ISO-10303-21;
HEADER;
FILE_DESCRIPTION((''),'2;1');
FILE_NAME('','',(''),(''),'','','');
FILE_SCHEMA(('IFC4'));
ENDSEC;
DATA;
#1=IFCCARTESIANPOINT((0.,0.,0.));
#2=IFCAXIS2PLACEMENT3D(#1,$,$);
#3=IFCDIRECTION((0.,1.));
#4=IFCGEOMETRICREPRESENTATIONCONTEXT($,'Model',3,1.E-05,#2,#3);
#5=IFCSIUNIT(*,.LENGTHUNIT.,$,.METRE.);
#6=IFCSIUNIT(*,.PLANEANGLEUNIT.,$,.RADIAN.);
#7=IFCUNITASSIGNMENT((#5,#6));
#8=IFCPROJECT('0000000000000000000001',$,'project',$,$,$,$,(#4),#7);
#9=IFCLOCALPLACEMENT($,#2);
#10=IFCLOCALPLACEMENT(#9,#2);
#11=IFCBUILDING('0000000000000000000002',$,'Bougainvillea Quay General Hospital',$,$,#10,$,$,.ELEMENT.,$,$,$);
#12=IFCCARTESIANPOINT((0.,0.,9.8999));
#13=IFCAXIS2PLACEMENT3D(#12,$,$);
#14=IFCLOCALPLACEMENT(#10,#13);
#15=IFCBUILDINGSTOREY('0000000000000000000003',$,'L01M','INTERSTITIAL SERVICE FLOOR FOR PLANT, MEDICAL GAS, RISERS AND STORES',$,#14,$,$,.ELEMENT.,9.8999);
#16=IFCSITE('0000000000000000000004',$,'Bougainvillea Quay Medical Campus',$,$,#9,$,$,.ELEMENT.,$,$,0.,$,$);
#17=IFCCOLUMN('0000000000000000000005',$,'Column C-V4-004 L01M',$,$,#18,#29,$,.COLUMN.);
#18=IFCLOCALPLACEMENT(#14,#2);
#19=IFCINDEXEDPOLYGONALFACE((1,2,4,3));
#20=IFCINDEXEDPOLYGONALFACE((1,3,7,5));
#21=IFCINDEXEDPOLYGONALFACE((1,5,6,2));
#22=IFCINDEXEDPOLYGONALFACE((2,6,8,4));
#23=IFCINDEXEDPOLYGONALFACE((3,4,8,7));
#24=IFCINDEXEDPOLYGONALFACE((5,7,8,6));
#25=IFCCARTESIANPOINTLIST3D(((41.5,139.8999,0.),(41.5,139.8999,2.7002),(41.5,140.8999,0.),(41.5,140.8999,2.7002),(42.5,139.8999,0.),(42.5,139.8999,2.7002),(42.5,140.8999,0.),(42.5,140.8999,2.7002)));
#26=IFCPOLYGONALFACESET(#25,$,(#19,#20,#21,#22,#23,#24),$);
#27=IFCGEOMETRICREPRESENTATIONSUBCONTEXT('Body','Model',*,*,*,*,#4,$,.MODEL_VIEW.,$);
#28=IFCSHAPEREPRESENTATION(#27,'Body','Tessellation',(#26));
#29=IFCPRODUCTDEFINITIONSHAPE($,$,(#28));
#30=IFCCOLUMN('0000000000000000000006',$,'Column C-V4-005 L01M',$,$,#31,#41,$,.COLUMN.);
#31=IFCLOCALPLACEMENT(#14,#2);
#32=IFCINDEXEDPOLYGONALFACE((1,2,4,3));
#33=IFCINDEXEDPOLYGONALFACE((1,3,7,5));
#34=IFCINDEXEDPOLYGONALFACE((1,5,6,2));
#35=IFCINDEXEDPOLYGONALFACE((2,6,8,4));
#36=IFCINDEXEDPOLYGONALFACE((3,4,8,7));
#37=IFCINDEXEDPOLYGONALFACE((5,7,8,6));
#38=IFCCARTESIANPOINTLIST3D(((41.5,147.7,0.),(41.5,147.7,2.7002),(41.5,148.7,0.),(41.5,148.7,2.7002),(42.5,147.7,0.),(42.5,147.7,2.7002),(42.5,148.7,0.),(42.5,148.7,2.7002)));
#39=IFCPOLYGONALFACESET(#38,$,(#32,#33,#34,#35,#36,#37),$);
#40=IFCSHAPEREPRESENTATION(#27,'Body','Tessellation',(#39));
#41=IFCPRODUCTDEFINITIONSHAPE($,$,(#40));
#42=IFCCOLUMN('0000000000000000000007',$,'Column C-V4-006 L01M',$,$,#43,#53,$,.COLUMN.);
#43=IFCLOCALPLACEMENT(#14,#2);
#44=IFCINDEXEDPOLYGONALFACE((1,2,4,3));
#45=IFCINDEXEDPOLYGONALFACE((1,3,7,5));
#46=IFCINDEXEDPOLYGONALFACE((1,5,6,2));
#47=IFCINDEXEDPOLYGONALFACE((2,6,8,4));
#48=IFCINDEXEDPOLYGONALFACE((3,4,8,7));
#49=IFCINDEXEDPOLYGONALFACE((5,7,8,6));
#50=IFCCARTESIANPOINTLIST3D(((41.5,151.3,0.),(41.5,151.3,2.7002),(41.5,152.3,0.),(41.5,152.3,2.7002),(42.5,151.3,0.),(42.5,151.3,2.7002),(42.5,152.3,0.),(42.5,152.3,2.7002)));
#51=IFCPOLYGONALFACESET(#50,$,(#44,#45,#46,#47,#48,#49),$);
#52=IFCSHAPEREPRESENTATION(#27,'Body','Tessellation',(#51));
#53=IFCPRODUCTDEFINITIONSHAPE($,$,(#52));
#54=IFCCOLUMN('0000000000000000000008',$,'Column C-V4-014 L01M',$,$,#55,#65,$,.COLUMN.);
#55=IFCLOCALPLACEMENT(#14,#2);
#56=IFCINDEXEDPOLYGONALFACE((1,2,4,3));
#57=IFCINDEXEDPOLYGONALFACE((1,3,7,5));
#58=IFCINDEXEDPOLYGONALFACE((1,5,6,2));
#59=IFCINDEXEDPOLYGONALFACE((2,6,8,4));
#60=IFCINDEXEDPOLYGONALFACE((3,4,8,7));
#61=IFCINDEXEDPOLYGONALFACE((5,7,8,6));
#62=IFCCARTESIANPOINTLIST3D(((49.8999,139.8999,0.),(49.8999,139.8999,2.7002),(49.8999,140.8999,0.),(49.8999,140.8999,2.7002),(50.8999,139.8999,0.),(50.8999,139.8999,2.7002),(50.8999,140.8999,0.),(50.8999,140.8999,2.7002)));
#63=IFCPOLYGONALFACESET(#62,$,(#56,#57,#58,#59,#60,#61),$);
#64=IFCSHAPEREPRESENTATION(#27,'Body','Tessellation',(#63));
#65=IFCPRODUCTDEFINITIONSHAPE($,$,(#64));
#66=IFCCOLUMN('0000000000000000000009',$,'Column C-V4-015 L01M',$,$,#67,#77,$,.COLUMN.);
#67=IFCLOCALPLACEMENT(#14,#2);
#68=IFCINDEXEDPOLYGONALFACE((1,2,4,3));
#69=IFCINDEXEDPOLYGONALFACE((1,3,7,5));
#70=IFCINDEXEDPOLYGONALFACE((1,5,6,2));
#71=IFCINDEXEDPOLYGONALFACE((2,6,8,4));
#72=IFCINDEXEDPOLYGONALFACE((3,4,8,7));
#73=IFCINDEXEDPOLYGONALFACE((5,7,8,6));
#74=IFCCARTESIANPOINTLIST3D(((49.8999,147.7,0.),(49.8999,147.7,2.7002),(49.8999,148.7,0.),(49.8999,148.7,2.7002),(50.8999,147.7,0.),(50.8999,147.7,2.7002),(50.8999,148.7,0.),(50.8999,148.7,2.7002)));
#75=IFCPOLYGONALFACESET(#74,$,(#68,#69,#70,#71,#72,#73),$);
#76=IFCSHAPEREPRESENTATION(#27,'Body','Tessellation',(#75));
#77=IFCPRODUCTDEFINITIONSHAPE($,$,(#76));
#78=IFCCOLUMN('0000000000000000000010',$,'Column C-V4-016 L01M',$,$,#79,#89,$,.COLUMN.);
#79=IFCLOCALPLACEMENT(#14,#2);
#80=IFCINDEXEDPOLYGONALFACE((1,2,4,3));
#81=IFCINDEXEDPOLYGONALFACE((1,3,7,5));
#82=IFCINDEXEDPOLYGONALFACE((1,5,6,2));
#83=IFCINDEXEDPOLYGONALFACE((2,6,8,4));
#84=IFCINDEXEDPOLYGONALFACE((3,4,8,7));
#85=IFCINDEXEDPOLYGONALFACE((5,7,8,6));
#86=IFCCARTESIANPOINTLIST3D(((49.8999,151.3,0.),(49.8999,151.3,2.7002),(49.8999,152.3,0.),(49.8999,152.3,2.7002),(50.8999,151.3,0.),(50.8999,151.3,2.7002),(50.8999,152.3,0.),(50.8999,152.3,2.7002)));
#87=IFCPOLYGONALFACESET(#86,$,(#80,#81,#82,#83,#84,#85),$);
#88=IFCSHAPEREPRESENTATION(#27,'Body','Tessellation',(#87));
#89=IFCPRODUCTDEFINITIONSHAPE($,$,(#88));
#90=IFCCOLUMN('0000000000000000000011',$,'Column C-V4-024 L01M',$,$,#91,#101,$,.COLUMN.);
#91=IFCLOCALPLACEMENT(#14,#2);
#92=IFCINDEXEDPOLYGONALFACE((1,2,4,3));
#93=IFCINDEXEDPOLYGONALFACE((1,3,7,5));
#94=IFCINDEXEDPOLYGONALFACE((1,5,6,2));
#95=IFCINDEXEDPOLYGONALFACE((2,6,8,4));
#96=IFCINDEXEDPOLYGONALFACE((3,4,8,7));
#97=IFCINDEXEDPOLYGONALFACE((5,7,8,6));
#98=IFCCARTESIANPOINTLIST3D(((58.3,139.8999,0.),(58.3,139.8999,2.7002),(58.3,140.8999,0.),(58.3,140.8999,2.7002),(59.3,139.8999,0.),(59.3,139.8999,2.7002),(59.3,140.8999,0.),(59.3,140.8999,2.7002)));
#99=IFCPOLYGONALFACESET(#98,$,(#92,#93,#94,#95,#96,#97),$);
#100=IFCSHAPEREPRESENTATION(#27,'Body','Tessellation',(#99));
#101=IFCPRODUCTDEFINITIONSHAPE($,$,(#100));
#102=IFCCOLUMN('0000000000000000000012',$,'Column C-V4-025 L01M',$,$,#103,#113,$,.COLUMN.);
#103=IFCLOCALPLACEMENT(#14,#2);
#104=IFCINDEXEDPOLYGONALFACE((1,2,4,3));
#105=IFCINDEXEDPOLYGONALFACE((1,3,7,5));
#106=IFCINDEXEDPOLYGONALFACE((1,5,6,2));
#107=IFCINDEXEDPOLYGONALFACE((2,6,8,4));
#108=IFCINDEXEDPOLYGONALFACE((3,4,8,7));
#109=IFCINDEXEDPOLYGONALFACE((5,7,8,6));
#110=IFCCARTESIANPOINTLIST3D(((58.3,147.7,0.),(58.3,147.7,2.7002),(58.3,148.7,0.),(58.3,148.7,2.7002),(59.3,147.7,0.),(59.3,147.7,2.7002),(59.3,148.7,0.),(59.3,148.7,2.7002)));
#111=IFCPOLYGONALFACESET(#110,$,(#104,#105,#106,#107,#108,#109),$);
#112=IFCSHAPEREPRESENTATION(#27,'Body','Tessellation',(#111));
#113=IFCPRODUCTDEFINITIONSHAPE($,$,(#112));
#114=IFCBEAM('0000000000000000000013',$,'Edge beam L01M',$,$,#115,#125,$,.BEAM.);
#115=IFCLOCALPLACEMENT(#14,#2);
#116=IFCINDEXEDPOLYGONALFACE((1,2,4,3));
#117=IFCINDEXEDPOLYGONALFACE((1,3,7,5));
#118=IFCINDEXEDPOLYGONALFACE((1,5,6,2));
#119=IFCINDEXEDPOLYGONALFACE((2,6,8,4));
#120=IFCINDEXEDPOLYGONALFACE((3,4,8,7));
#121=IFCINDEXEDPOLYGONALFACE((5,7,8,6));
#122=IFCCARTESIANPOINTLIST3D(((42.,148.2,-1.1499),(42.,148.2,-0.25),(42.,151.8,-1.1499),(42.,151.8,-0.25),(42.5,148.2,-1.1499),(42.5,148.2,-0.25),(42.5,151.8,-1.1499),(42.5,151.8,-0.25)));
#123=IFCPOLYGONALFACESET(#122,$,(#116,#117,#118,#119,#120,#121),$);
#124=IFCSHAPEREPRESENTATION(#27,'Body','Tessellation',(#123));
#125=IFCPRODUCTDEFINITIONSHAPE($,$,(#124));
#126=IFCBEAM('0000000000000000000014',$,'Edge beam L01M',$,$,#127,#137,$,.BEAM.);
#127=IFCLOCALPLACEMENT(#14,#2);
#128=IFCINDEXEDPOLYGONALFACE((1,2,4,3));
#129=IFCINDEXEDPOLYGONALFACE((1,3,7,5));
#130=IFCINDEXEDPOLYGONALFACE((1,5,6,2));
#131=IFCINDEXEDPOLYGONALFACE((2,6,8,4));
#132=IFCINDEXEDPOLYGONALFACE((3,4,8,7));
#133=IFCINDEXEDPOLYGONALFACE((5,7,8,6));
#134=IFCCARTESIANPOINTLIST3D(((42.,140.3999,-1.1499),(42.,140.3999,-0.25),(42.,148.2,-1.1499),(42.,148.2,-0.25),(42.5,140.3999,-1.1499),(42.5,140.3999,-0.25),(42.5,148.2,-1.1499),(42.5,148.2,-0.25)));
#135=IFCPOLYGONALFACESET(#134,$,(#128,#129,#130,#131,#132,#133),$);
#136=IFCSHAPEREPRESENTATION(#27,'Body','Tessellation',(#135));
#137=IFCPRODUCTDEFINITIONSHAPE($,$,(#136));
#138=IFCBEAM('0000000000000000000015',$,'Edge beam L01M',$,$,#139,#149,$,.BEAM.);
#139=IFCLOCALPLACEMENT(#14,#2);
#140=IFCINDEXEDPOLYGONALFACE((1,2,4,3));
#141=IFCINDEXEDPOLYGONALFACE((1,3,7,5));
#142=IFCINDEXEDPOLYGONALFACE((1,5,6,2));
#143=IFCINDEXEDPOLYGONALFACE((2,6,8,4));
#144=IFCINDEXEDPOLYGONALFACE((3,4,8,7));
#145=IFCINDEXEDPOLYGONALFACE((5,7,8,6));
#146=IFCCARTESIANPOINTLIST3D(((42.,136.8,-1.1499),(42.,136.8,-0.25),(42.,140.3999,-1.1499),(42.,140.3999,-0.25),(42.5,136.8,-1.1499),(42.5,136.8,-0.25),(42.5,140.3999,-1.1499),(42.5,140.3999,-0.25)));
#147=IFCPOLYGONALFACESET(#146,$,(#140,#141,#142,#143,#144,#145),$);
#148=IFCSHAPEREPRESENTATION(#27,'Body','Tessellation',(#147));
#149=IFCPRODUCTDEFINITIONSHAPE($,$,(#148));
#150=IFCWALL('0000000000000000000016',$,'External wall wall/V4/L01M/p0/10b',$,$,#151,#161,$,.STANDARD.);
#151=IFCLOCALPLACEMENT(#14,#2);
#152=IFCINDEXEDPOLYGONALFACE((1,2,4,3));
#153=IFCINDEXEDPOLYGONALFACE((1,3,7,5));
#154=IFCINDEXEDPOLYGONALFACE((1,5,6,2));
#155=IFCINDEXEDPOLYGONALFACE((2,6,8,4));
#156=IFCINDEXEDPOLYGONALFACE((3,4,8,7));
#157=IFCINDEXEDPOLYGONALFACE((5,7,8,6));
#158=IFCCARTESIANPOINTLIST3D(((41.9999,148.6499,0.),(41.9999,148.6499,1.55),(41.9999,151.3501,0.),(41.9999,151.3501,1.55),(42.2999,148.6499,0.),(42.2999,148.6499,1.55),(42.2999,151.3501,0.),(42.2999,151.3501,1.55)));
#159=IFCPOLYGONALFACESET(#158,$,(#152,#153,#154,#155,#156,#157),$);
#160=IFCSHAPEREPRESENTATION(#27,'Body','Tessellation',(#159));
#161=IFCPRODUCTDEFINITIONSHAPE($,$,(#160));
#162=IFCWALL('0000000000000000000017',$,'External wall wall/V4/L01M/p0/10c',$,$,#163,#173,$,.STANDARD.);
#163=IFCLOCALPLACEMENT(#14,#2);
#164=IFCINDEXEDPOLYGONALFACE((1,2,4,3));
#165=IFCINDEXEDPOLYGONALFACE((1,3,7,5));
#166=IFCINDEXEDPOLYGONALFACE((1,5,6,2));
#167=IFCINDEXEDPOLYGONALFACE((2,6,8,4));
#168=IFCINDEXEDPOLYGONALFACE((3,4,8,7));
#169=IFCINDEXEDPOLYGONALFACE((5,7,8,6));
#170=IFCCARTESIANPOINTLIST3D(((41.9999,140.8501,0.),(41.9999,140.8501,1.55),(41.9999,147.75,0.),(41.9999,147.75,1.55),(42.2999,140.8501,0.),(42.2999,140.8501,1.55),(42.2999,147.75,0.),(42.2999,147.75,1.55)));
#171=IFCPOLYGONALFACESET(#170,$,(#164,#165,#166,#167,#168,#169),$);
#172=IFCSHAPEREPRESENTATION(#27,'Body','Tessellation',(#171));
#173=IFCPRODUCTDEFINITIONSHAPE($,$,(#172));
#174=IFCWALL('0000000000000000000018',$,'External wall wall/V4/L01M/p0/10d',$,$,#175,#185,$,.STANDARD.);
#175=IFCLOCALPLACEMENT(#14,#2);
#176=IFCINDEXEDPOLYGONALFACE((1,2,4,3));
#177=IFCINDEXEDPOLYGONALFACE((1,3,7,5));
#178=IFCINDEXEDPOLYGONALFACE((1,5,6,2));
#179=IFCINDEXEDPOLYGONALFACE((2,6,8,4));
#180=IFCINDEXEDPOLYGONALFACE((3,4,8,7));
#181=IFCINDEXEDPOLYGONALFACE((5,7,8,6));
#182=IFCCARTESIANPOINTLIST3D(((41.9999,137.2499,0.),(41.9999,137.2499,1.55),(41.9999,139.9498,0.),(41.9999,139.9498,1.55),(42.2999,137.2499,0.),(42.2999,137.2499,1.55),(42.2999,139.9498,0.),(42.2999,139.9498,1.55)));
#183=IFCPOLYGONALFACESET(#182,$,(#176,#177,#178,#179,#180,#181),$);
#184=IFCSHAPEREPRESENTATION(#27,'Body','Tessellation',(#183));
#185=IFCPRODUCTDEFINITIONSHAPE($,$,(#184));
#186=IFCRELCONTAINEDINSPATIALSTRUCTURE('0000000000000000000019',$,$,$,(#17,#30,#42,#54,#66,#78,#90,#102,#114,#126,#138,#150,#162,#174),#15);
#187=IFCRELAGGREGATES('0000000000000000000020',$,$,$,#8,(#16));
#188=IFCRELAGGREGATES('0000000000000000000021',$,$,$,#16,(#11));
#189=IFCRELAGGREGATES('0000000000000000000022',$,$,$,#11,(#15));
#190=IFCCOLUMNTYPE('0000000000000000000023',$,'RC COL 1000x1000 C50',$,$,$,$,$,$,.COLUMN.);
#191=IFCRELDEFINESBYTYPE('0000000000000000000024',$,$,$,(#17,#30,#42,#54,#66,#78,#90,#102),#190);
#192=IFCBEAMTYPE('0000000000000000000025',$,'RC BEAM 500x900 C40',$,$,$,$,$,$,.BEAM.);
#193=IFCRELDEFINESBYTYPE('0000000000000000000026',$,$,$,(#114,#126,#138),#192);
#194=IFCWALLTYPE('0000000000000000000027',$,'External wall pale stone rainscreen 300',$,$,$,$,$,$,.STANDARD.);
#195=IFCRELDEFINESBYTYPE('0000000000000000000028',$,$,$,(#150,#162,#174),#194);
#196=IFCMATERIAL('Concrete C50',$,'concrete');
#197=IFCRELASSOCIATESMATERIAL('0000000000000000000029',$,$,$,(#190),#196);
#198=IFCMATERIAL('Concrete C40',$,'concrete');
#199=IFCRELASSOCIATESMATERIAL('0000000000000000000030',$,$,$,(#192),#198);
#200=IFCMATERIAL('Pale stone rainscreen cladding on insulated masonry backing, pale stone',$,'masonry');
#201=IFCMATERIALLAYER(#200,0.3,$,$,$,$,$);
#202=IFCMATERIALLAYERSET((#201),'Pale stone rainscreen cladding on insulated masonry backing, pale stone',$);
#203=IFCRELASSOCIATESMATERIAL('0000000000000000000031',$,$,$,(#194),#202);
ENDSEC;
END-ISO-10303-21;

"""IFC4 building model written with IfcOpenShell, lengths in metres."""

from ifc_helpers import new_model, si_unit, direction, frame, frame_2d, origin, origin_2d, place, context, subcontext, project, spatial, rectangle, extrude, material, layer, layer_set, material_profile, profile_set, type_object, element, save


model = new_model("IFC4")

# Units and contexts
model_context = context("Model", 3, precision=1e-05, world=origin(), true_north=direction((0.0, 1.0)))
body_context = subcontext(model_context, "Body", "Model", "MODEL_VIEW")
ifc_project = project(units=[si_unit("LENGTHUNIT", "METRE"), si_unit("PLANEANGLEUNIT", "RADIAN")], contexts=[model_context])

# Site, building, storey
site_placement = place(None, origin())
site = spatial("IfcSite", under=ifc_project, at=site_placement, Name="Bougainvillea Quay Medical Campus", CompositionType="ELEMENT", RefElevation=0.0)
building_placement = place(site_placement, origin())
building = spatial("IfcBuilding", under=site, at=building_placement, Name="Bougainvillea Quay General Hospital", CompositionType="ELEMENT")
storey_placement = place(building_placement, frame((0.0, 0.0, 9.8999)))
storey = spatial("IfcBuildingStorey", under=building, at=storey_placement, Name="L01M", Description="INTERSTITIAL SERVICE FLOOR FOR PLANT, MEDICAL GAS, RISERS AND STORES", CompositionType="ELEMENT", Elevation=9.8999)

# Columns
ifc_material_1 = material(Name="Concrete C50", Category="concrete")
ifc_material_profile_1 = material_profile(ifc_material_1, rectangle(XDim=1.0, YDim=1.0, at=origin_2d()))
ifc_profile_set_1 = profile_set([ifc_material_profile_1], Name="Concrete C50")
column_type = type_object("IfcColumnType", Name="RC COL 1000x1000 C50", PredefinedType="COLUMN", material=ifc_profile_set_1)
for number, where, z_axis, x_axis, name in (
    (1, (42.0, 140.3999, 0.0), (0.0, 0.0, 1.0), (1.0, 0.0, 0.0), "Column C-V4-004 L01M"),
    (2, (42.0, 148.2, 0.0), (0.0, 0.0, 1.0), (1.0, 0.0, 0.0), "Column C-V4-005 L01M"),
    (3, (42.0, 151.8, 0.0), (0.0, 0.0, 1.0), (1.0, 0.0, 0.0), "Column C-V4-006 L01M"),
    (4, (50.3999, 140.3999, 0.0), (0.0, 0.0, 1.0), (1.0, 0.0, 0.0), "Column C-V4-014 L01M"),
    (5, (50.3999, 148.2, 0.0), (0.0, 0.0, 1.0), (1.0, 0.0, 0.0), "Column C-V4-015 L01M"),
    (6, (50.3999, 151.8, 0.0), (0.0, 0.0, 1.0), (1.0, 0.0, 0.0), "Column C-V4-016 L01M"),
    (7, (58.8, 140.3999, 0.0), (0.0, 0.0, 1.0), (1.0, 0.0, 0.0), "Column C-V4-024 L01M"),
    (8, (58.8, 148.2, 0.0), (0.0, 0.0, 1.0), (1.0, 0.0, 0.0), "Column C-V4-025 L01M"),
):
    element("IfcColumn", number, at=place(storey_placement, frame(where, z_axis=z_axis, x_axis=x_axis)), inside=storey, type_object=column_type, Name=name, PredefinedType="COLUMN", context=body_context, shape_type="SweptSolid", body=[
        extrude(rectangle(XDim=1.0, YDim=1.0, at=origin_2d()), origin(), (0.0, 0.0, 1.0), 2.7002),
    ])

# Beams
ifc_material_2 = material(Name="Concrete C40", Category="concrete")
ifc_material_profile_2 = material_profile(ifc_material_2, rectangle(XDim=0.5, YDim=0.8999, at=origin_2d()))
ifc_profile_set_2 = profile_set([ifc_material_profile_2], Name="Concrete C40")
beam_type = type_object("IfcBeamType", Name="RC BEAM 500x900 C40", PredefinedType="BEAM", material=ifc_profile_set_2)
beam_1_placement = place(storey_placement, frame((42.25, 151.8, -0.7), z_axis=(0.0, -1.0, 0.0), x_axis=(1.0, 0.0, 0.0)))
element("IfcBeam", 9, at=beam_1_placement, inside=storey, type_object=beam_type, Name="Edge beam L01M", PredefinedType="BEAM", context=body_context, shape_type="SweptSolid", body=[
    extrude(rectangle(XDim=0.5, YDim=0.8999, at=origin_2d()), origin(), (0.0, 0.0, 1.0), 3.6001),
])
beam_2_placement = place(storey_placement, frame((42.25, 148.2, -0.7), z_axis=(0.0, -1.0, 0.0), x_axis=(1.0, 0.0, 0.0)))
element("IfcBeam", 10, at=beam_2_placement, inside=storey, type_object=beam_type, Name="Edge beam L01M", PredefinedType="BEAM", context=body_context, shape_type="SweptSolid", body=[
    extrude(rectangle(XDim=0.5, YDim=0.8999, at=origin_2d()), origin(), (0.0, 0.0, 1.0), 7.8),
])
beam_3_placement = place(storey_placement, frame((42.25, 140.3999, -0.7), z_axis=(0.0, -1.0, 0.0), x_axis=(1.0, 0.0, 0.0)))
element("IfcBeam", 11, at=beam_3_placement, inside=storey, type_object=beam_type, Name="Edge beam L01M", PredefinedType="BEAM", context=body_context, shape_type="SweptSolid", body=[
    extrude(rectangle(XDim=0.5, YDim=0.8999, at=origin_2d()), origin(), (0.0, 0.0, 1.0), 3.5999),
])

# Walls
ifc_material_3 = material(Name="Pale stone rainscreen cladding on insulated masonry backing, pale stone", Category="masonry")
ifc_layer_1 = layer(ifc_material_3, 0.3)
ifc_layer_set_1 = layer_set([ifc_layer_1], Name="Pale stone rainscreen cladding on insulated masonry backing, pale stone")
wall_type_1 = type_object("IfcWallType", Name="External wall pale stone rainscreen 300", PredefinedType="STANDARD", material=ifc_layer_set_1)
wall_1_placement = place(storey_placement, frame((42.1499, 151.3501, 0.0), z_axis=(0.0, 0.0, 1.0), x_axis=(0.0, -1.0, 0.0)))
element("IfcWall", 12, at=wall_1_placement, inside=storey, type_object=wall_type_1, Name="External wall wall/V4/L01M/p0/10b", PredefinedType="STANDARD", context=body_context, shape_type="SweptSolid", body=[
    extrude(rectangle(XDim=2.7002, YDim=0.3, at=frame_2d((1.3501, 0.0))), origin(), (0.0, 0.0, 1.0), 1.55),
])
wall_2_placement = place(storey_placement, frame((42.1499, 147.75, 0.0), z_axis=(0.0, 0.0, 1.0), x_axis=(0.0, -1.0, 0.0)))
element("IfcWall", 13, at=wall_2_placement, inside=storey, type_object=wall_type_1, Name="External wall wall/V4/L01M/p0/10c", PredefinedType="STANDARD", context=body_context, shape_type="SweptSolid", body=[
    extrude(rectangle(XDim=6.8999, YDim=0.3, at=frame_2d((3.45, 0.0))), origin(), (0.0, 0.0, 1.0), 1.55),
])
wall_3_placement = place(storey_placement, frame((42.1499, 139.95, 0.0), z_axis=(0.0, 0.0, 1.0), x_axis=(0.0, -1.0, 0.0)))
element("IfcWall", 14, at=wall_3_placement, inside=storey, type_object=wall_type_1, Name="External wall wall/V4/L01M/p0/10d", PredefinedType="STANDARD", context=body_context, shape_type="SweptSolid", body=[
    extrude(rectangle(XDim=2.7, YDim=0.3, at=frame_2d((1.3501, 0.0))), origin(), (0.0, 0.0, 1.0), 1.55),
])

save(model, "model.ifc")
